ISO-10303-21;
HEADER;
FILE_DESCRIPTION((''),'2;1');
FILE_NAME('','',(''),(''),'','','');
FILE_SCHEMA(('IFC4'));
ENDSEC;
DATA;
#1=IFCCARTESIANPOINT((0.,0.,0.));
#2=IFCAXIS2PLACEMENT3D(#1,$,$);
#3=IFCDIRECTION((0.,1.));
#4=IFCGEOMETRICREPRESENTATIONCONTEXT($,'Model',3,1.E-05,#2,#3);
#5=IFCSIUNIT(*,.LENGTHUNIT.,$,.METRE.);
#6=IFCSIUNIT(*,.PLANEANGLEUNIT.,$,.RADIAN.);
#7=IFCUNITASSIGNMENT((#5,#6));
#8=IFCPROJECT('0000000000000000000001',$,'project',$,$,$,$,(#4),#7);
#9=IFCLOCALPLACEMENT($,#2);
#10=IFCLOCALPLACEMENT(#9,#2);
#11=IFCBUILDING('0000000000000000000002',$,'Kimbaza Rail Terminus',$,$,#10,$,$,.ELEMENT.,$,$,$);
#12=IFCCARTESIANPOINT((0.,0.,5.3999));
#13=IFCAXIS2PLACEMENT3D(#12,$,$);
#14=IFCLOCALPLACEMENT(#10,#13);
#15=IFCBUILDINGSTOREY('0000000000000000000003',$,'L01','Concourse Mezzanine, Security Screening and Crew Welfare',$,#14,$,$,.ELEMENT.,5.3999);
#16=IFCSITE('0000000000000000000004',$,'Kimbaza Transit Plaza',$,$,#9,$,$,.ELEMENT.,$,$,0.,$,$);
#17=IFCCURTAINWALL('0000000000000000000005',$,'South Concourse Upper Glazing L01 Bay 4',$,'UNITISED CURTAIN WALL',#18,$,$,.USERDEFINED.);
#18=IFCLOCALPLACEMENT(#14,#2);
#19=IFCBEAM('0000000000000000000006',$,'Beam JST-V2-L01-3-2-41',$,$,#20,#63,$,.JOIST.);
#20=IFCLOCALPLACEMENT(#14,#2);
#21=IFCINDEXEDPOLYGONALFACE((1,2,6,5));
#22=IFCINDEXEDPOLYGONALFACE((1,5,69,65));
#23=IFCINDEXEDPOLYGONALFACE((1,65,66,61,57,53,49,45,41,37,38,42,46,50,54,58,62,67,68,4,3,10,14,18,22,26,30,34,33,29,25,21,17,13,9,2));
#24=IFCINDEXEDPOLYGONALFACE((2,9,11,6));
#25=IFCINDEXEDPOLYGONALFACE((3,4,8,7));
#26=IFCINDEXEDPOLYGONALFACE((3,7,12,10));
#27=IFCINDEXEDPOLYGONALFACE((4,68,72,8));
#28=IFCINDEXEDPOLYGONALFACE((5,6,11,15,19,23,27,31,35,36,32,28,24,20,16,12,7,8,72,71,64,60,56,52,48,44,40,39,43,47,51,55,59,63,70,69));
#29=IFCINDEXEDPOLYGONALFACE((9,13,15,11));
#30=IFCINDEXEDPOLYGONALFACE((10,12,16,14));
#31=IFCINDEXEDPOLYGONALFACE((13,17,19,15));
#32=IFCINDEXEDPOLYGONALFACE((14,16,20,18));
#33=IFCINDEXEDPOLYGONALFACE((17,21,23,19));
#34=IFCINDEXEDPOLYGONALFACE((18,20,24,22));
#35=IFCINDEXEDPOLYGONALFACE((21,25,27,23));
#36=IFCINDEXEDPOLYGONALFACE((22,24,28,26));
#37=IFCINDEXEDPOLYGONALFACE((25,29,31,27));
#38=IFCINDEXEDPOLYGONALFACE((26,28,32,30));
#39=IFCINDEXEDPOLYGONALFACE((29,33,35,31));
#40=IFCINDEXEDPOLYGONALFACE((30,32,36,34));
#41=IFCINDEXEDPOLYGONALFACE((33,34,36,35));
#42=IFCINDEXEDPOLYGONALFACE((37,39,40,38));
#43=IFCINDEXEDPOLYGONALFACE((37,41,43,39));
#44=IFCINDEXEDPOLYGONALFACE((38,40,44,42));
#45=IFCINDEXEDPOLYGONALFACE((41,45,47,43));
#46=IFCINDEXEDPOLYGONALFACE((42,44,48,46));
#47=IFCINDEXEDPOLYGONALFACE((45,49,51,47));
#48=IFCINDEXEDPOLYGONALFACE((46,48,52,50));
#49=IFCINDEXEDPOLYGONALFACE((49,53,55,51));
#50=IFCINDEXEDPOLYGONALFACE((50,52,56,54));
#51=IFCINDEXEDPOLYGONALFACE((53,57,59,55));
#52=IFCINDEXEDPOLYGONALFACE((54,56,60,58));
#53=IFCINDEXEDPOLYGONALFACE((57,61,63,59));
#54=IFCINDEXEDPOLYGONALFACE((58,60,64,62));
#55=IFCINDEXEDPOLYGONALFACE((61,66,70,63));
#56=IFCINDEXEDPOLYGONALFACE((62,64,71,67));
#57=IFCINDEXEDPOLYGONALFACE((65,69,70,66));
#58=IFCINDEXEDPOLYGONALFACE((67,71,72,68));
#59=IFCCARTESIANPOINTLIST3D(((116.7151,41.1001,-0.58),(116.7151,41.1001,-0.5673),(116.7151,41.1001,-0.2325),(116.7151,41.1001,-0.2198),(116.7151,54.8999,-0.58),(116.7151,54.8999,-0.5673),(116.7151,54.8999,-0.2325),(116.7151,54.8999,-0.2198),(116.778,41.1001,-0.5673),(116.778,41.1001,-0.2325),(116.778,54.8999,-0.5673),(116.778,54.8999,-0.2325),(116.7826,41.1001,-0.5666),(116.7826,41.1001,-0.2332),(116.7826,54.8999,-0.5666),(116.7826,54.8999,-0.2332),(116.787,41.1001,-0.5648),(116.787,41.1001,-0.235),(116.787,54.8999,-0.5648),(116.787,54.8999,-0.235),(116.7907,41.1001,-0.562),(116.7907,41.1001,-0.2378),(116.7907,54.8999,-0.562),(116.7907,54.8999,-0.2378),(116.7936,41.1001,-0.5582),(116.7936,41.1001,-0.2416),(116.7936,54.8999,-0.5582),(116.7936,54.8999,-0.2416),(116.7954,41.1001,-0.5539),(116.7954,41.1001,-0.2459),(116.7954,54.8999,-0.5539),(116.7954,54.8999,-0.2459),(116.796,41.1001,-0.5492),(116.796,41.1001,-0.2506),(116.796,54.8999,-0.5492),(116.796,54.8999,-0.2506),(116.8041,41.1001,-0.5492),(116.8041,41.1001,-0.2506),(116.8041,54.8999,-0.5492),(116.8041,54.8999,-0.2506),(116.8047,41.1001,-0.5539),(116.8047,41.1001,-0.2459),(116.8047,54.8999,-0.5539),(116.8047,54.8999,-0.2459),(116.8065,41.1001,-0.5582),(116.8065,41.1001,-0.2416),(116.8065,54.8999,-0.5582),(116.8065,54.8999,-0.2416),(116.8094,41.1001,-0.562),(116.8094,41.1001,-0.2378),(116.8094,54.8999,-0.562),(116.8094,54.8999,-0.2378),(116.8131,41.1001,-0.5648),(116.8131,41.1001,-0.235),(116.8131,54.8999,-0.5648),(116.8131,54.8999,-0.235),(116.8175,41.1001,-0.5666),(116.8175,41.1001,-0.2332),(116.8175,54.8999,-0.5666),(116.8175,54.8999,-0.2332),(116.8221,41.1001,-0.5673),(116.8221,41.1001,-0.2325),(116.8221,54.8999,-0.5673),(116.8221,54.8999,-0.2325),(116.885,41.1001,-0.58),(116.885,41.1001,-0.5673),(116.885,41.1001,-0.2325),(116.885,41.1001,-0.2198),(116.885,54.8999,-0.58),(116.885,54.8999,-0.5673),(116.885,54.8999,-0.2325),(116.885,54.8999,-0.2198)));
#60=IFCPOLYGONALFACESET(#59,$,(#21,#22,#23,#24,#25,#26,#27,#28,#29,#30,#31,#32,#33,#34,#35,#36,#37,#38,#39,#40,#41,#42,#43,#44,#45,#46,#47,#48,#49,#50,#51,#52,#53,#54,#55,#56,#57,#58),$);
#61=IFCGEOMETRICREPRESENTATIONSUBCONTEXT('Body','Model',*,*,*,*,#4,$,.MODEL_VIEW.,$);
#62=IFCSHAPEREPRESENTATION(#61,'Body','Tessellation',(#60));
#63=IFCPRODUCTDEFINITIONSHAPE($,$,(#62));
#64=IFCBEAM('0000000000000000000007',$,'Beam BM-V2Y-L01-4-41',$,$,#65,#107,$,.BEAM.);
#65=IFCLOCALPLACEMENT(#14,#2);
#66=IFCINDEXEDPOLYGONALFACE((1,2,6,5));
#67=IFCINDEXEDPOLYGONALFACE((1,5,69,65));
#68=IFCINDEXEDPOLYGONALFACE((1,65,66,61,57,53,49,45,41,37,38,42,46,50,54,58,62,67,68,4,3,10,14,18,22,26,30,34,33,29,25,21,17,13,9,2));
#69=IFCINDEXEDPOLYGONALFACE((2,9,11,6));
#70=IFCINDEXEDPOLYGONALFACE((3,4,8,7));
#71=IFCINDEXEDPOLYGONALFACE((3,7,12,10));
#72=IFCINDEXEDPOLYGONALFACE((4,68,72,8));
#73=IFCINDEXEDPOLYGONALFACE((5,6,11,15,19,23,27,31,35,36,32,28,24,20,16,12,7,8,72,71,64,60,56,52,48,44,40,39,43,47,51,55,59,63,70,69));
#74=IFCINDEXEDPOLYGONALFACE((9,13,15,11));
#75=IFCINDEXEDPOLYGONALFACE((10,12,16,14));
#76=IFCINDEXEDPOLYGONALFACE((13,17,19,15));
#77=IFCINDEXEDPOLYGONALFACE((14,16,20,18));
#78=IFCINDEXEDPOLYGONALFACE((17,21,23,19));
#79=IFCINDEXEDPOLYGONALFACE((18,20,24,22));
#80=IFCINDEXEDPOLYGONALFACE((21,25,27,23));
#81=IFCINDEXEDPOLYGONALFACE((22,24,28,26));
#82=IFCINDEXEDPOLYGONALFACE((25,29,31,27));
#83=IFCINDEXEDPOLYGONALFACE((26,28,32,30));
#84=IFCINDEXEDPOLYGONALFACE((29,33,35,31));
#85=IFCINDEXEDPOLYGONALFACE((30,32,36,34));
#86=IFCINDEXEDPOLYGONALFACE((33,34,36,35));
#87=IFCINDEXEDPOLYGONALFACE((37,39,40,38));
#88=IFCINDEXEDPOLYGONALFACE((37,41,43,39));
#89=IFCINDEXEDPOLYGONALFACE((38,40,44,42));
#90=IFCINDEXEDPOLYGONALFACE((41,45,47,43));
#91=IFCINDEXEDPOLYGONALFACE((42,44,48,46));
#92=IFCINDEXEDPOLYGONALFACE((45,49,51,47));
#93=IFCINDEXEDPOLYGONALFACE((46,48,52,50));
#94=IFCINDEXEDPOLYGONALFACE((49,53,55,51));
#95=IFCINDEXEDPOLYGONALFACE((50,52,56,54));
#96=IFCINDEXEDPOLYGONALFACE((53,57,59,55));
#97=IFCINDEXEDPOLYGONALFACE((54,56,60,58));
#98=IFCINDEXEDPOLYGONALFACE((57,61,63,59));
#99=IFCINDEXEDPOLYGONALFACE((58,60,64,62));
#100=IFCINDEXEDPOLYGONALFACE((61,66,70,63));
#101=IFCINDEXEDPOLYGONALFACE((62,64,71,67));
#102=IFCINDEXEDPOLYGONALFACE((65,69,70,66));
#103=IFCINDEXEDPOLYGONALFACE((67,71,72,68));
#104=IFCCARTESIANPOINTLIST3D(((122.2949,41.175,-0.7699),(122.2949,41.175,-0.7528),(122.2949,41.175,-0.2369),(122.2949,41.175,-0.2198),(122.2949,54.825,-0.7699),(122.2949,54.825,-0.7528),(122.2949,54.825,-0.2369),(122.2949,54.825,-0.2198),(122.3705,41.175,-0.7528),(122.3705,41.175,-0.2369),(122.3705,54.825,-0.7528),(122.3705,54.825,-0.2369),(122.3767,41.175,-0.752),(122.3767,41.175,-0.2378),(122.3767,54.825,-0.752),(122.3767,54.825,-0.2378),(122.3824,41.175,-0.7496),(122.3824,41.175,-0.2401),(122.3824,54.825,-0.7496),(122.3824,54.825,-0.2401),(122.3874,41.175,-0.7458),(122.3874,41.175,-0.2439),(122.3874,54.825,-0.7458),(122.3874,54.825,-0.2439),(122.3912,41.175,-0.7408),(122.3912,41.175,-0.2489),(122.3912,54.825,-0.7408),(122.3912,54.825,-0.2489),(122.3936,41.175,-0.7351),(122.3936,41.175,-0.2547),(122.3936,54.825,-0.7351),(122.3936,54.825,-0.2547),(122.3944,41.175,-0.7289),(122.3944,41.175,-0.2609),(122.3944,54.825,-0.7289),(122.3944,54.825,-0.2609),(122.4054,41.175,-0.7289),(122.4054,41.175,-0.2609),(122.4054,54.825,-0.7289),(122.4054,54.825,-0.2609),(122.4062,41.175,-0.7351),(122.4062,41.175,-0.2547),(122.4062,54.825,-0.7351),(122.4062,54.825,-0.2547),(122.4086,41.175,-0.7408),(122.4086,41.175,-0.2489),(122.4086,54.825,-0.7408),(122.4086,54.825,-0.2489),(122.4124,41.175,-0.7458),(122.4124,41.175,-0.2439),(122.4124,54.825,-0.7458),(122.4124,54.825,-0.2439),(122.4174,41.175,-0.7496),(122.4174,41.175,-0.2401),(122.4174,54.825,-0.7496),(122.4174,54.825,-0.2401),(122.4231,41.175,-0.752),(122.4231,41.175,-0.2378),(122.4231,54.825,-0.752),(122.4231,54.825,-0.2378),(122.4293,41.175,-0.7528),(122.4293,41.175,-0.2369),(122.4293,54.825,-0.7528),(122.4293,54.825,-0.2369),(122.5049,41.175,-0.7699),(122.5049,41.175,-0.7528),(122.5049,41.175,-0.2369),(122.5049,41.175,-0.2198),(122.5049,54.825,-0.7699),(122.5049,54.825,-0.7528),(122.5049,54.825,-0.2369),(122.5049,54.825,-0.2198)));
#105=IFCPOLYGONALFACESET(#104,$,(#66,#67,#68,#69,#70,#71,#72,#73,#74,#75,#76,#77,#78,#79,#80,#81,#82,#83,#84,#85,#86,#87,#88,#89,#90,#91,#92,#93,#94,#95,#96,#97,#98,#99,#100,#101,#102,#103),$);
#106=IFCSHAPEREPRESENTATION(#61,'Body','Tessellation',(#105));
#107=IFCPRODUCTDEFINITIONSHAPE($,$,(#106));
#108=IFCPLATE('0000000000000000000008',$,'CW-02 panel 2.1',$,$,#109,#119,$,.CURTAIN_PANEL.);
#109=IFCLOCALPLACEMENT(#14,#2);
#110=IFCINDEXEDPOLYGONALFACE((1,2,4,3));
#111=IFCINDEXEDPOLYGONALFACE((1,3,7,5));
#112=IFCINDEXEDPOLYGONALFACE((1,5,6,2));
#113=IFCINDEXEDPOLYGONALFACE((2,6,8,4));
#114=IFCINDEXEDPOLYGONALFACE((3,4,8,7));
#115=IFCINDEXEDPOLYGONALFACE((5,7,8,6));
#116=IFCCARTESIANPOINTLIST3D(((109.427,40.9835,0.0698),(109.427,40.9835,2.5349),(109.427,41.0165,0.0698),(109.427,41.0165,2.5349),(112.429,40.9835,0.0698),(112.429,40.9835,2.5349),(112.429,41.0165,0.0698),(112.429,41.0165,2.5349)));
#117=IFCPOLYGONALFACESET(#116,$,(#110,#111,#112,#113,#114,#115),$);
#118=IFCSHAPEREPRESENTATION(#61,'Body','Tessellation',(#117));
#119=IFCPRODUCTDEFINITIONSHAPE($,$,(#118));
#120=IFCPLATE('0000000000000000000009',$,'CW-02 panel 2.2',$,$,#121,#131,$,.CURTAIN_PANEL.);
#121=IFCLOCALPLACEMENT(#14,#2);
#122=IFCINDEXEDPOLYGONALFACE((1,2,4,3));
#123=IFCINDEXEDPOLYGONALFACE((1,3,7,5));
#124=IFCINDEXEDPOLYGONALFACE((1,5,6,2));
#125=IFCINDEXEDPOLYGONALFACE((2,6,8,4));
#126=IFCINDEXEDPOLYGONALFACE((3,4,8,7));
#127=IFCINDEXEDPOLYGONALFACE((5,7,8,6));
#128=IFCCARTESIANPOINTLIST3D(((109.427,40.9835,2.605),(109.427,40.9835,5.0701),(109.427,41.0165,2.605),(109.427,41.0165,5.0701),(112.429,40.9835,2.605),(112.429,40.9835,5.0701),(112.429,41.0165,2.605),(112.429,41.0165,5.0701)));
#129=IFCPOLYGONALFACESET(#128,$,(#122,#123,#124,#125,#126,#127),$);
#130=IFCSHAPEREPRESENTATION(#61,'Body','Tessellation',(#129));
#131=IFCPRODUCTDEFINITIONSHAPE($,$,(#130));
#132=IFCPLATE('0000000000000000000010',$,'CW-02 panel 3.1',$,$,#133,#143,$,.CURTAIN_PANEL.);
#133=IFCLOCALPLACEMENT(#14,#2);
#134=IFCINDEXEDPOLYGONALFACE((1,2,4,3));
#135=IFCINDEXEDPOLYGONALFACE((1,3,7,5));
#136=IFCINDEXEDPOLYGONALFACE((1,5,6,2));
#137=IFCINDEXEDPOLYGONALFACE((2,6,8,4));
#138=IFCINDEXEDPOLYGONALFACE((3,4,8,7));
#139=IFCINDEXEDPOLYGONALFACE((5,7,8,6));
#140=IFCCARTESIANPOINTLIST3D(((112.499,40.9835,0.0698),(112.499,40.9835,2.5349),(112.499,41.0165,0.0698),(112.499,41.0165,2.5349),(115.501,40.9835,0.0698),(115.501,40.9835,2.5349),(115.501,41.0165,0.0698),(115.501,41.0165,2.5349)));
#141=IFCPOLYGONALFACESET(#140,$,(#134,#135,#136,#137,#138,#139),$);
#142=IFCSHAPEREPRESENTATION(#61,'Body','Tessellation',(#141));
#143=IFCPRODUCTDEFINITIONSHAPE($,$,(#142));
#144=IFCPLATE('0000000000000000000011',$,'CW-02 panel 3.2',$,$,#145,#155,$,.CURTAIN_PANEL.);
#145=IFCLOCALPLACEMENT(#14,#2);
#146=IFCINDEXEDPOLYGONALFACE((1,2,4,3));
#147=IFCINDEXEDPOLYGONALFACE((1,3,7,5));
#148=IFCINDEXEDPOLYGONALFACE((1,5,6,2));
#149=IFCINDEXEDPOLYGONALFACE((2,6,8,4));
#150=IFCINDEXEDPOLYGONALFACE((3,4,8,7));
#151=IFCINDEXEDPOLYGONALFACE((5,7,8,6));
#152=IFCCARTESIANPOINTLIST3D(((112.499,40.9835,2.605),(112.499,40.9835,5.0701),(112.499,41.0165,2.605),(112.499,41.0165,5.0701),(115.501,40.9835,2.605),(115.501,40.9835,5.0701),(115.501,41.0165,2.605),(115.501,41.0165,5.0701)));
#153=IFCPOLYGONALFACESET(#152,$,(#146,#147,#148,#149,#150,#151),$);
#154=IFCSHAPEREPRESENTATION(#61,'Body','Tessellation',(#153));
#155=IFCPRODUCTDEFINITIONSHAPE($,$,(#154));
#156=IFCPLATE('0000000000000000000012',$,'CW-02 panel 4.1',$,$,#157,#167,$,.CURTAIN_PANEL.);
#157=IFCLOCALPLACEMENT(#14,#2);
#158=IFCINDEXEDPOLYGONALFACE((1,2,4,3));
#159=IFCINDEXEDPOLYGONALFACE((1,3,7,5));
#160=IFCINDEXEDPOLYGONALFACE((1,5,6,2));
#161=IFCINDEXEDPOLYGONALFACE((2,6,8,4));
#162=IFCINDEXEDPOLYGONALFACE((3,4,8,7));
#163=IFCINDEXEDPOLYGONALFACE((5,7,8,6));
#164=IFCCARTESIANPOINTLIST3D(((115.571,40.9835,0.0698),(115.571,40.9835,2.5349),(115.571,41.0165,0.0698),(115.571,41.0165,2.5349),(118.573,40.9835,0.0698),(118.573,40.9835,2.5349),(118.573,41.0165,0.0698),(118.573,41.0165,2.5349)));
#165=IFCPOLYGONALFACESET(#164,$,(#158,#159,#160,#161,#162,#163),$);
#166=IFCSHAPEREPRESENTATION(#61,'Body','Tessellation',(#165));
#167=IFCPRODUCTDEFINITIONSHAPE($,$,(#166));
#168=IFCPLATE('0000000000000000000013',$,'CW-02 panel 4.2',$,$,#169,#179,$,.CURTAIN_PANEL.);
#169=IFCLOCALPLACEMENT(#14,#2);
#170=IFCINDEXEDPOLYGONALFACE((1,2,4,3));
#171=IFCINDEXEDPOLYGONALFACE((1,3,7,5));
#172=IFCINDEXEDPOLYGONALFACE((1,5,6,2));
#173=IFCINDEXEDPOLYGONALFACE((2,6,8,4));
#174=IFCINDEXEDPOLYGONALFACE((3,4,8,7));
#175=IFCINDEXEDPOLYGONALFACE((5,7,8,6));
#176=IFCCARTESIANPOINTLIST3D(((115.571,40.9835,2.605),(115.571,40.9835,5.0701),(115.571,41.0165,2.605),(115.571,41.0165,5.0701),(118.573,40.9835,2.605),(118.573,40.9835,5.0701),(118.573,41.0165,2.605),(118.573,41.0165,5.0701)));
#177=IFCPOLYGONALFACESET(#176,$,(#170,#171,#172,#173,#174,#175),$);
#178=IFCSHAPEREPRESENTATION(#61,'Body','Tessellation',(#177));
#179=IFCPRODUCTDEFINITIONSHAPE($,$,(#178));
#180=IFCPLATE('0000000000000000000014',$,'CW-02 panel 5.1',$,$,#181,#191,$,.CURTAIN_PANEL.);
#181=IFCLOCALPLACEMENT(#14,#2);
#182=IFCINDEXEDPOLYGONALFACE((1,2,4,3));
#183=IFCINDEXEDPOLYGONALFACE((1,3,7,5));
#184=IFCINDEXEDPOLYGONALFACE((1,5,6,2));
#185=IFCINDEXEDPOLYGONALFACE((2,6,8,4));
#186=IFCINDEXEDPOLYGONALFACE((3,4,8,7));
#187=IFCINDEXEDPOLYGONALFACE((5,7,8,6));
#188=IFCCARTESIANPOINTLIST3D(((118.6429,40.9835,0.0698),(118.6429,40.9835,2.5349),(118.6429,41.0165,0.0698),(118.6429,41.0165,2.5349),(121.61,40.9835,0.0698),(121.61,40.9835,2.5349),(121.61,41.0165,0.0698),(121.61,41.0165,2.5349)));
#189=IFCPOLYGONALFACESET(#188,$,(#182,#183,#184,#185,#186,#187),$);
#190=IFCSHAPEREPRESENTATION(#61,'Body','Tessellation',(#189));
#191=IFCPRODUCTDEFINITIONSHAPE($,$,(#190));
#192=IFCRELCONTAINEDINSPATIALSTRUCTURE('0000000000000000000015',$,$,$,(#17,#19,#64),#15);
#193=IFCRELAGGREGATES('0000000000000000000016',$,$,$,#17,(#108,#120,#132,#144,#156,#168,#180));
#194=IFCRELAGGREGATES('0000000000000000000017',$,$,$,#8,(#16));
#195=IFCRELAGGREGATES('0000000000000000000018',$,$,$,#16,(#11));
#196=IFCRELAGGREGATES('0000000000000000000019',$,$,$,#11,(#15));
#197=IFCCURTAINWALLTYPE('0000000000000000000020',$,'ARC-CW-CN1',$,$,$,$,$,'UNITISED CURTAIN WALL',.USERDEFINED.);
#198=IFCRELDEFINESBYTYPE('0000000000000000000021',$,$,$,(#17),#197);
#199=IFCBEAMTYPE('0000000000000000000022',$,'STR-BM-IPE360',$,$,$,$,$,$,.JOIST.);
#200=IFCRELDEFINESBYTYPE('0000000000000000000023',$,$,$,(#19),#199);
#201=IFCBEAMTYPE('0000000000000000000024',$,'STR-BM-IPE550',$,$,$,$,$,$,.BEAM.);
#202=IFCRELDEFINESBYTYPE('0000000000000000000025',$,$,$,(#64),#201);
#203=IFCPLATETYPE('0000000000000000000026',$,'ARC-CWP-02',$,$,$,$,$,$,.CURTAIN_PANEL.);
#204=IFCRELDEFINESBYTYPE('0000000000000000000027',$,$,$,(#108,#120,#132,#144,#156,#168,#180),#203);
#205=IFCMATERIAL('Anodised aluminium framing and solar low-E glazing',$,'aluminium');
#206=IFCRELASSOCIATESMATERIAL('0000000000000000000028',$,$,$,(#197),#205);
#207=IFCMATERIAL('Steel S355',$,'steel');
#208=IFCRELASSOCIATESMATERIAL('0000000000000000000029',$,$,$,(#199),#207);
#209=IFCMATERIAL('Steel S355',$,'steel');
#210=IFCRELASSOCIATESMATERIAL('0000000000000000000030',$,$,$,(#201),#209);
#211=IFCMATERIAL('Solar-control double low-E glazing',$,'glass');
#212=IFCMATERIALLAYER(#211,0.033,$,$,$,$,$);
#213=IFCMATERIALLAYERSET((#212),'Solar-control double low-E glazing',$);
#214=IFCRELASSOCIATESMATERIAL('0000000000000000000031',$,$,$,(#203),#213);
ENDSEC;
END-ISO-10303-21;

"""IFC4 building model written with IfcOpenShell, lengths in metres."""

from ifc_helpers import new_model, si_unit, direction, frame, origin, origin_2d, place, context, subcontext, project, spatial, rectangle, i_section, extrude, material, layer, layer_set, material_profile, profile_set, type_object, element, aggregate, save


model = new_model("IFC4")

# Units and contexts
model_context = context("Model", 3, precision=1e-05, world=origin(), true_north=direction((0.0, 1.0)))
body_context = subcontext(model_context, "Body", "Model", "MODEL_VIEW")
ifc_project = project(units=[si_unit("LENGTHUNIT", "METRE"), si_unit("PLANEANGLEUNIT", "RADIAN")], contexts=[model_context])

# Site, building, storey
site_placement = place(None, origin())
site = spatial("IfcSite", under=ifc_project, at=site_placement, Name="Kimbaza Transit Plaza", CompositionType="ELEMENT", RefElevation=0.0)
building_placement = place(site_placement, origin())
building = spatial("IfcBuilding", under=site, at=building_placement, Name="Kimbaza Rail Terminus", CompositionType="ELEMENT")
storey_placement = place(building_placement, frame((0.0, 0.0, 5.3999)))
storey = spatial("IfcBuildingStorey", under=building, at=storey_placement, Name="L01", Description="Concourse Mezzanine, Security Screening and Crew Welfare", CompositionType="ELEMENT", Elevation=5.3999)

# Curtain wall
ifc_material_1 = material(Name="Anodised aluminium framing and solar low-E glazing", Category="aluminium")
curtain_wall_type = type_object("IfcCurtainWallType", Name="ARC-CW-CN1", ElementType="UNITISED CURTAIN WALL", PredefinedType="USERDEFINED", material=ifc_material_1)
curtain_wall_placement = place(storey_placement, origin())
curtain_wall = element("IfcCurtainWall", 1, at=curtain_wall_placement, inside=storey, type_object=curtain_wall_type, Name="South Concourse Upper Glazing L01 Bay 4", ObjectType="UNITISED CURTAIN WALL", PredefinedType="USERDEFINED")

# Beams
ifc_material_2 = material(Name="Steel S355", Category="steel")
ifc_material_profile_1 = material_profile(ifc_material_2, i_section(OverallWidth=0.1699, OverallDepth=0.3601, WebThickness=0.0081, FlangeThickness=0.0127, FilletRadius=0.0181, at=origin_2d()), Name="IPE 360")
ifc_profile_set_1 = profile_set([ifc_material_profile_1], Name="Steel S355")
beam_type_1 = type_object("IfcBeamType", Name="STR-BM-IPE360", PredefinedType="JOIST", material=ifc_profile_set_1)
for number, where, z_axis, x_axis, name in (
    (2, (116.8, 41.1001, -0.3999), (0.0, 1.0, 0.0), (-1.0, 0.0, 0.0), "Beam JST-V2-L01-3-2-41"),
):
    element("IfcBeam", number, at=place(storey_placement, frame(where, z_axis=z_axis, x_axis=x_axis)), inside=storey, type_object=beam_type_1, Name=name, PredefinedType="JOIST", context=body_context, shape_type="SweptSolid", body=[
        extrude(i_section(OverallWidth=0.1699, OverallDepth=0.3601, WebThickness=0.0081, FlangeThickness=0.0127, FilletRadius=0.0181, at=origin_2d()), origin(), (0.0, 0.0, 1.0), 13.7998),
    ])
ifc_material_3 = material(Name="Steel S355", Category="steel")
ifc_material_profile_2 = material_profile(ifc_material_3, i_section(OverallWidth=0.21, OverallDepth=0.55, WebThickness=0.011, FlangeThickness=0.0171, FilletRadius=0.0239, at=origin_2d()), Name="IPE 550")
ifc_profile_set_2 = profile_set([ifc_material_profile_2], Name="Steel S355")
beam_type_2 = type_object("IfcBeamType", Name="STR-BM-IPE550", PredefinedType="BEAM", material=ifc_profile_set_2)
beam_placement = place(storey_placement, frame((122.3999, 41.175, -0.4949), z_axis=(0.0, 1.0, 0.0), x_axis=(-1.0, 0.0, 0.0)))
element("IfcBeam", 3, at=beam_placement, inside=storey, type_object=beam_type_2, Name="Beam BM-V2Y-L01-4-41", PredefinedType="BEAM", context=body_context, shape_type="SweptSolid", body=[
    extrude(i_section(OverallWidth=0.21, OverallDepth=0.55, WebThickness=0.011, FlangeThickness=0.0171, FilletRadius=0.0239, at=origin_2d()), origin(), (0.0, 0.0, 1.0), 13.6499),
])

# Plates
ifc_material_4 = material(Name="Solar-control double low-E glazing", Category="glass")
ifc_layer_1 = layer(ifc_material_4, 0.033)
ifc_layer_set_1 = layer_set([ifc_layer_1], Name="Solar-control double low-E glazing")
plate_type = type_object("IfcPlateType", Name="ARC-CWP-02", PredefinedType="CURTAIN_PANEL", material=ifc_layer_set_1)
plate_1_placement = place(storey_placement, frame((110.928, 41.0, 0.0698), z_axis=(0.0, 0.0, 1.0), x_axis=(1.0, 0.0, 0.0)))
plate_1 = element("IfcPlate", 4, at=plate_1_placement, type_object=plate_type, Name="CW-02 panel 2.1", PredefinedType="CURTAIN_PANEL", context=body_context, shape_type="SweptSolid", body=[
    extrude(rectangle(XDim=3.002, YDim=0.033, at=origin_2d()), origin(), (0.0, 0.0, 1.0), 2.4651),
])
plate_2_placement = place(storey_placement, frame((110.928, 41.0, 2.605), z_axis=(0.0, 0.0, 1.0), x_axis=(1.0, 0.0, 0.0)))
plate_2 = element("IfcPlate", 5, at=plate_2_placement, type_object=plate_type, Name="CW-02 panel 2.2", PredefinedType="CURTAIN_PANEL", context=body_context, shape_type="SweptSolid", body=[
    extrude(rectangle(XDim=3.002, YDim=0.033, at=origin_2d()), origin(), (0.0, 0.0, 1.0), 2.4651),
])
plate_3_placement = place(storey_placement, frame((114.0, 41.0, 0.0698), z_axis=(0.0, 0.0, 1.0), x_axis=(1.0, 0.0, 0.0)))
plate_3 = element("IfcPlate", 6, at=plate_3_placement, type_object=plate_type, Name="CW-02 panel 3.1", PredefinedType="CURTAIN_PANEL", context=body_context, shape_type="SweptSolid", body=[
    extrude(rectangle(XDim=3.002, YDim=0.033, at=origin_2d()), origin(), (0.0, 0.0, 1.0), 2.4651),
])
plate_4_placement = place(storey_placement, frame((114.0, 41.0, 2.605), z_axis=(0.0, 0.0, 1.0), x_axis=(1.0, 0.0, 0.0)))
plate_4 = element("IfcPlate", 7, at=plate_4_placement, type_object=plate_type, Name="CW-02 panel 3.2", PredefinedType="CURTAIN_PANEL", context=body_context, shape_type="SweptSolid", body=[
    extrude(rectangle(XDim=3.002, YDim=0.033, at=origin_2d()), origin(), (0.0, 0.0, 1.0), 2.4651),
])
plate_5_placement = place(storey_placement, frame((117.072, 41.0, 0.0698), z_axis=(0.0, 0.0, 1.0), x_axis=(1.0, 0.0, 0.0)))
plate_5 = element("IfcPlate", 8, at=plate_5_placement, type_object=plate_type, Name="CW-02 panel 4.1", PredefinedType="CURTAIN_PANEL", context=body_context, shape_type="SweptSolid", body=[
    extrude(rectangle(XDim=3.002, YDim=0.033, at=origin_2d()), origin(), (0.0, 0.0, 1.0), 2.4651),
])
plate_6_placement = place(storey_placement, frame((117.072, 41.0, 2.605), z_axis=(0.0, 0.0, 1.0), x_axis=(1.0, 0.0, 0.0)))
plate_6 = element("IfcPlate", 9, at=plate_6_placement, type_object=plate_type, Name="CW-02 panel 4.2", PredefinedType="CURTAIN_PANEL", context=body_context, shape_type="SweptSolid", body=[
    extrude(rectangle(XDim=3.002, YDim=0.033, at=origin_2d()), origin(), (0.0, 0.0, 1.0), 2.4651),
])
plate_7_placement = place(storey_placement, frame((120.1265, 41.0, 0.0698), z_axis=(0.0, 0.0, 1.0), x_axis=(1.0, 0.0, 0.0)))
plate_7 = element("IfcPlate", 10, at=plate_7_placement, type_object=plate_type, Name="CW-02 panel 5.1", PredefinedType="CURTAIN_PANEL", context=body_context, shape_type="SweptSolid", body=[
    extrude(rectangle(XDim=2.967, YDim=0.033, at=origin_2d()), origin(), (0.0, 0.0, 1.0), 2.4651),
])
aggregate(curtain_wall, [plate_1, plate_2, plate_3, plate_4, plate_5, plate_6, plate_7])

save(model, "model.ifc")
